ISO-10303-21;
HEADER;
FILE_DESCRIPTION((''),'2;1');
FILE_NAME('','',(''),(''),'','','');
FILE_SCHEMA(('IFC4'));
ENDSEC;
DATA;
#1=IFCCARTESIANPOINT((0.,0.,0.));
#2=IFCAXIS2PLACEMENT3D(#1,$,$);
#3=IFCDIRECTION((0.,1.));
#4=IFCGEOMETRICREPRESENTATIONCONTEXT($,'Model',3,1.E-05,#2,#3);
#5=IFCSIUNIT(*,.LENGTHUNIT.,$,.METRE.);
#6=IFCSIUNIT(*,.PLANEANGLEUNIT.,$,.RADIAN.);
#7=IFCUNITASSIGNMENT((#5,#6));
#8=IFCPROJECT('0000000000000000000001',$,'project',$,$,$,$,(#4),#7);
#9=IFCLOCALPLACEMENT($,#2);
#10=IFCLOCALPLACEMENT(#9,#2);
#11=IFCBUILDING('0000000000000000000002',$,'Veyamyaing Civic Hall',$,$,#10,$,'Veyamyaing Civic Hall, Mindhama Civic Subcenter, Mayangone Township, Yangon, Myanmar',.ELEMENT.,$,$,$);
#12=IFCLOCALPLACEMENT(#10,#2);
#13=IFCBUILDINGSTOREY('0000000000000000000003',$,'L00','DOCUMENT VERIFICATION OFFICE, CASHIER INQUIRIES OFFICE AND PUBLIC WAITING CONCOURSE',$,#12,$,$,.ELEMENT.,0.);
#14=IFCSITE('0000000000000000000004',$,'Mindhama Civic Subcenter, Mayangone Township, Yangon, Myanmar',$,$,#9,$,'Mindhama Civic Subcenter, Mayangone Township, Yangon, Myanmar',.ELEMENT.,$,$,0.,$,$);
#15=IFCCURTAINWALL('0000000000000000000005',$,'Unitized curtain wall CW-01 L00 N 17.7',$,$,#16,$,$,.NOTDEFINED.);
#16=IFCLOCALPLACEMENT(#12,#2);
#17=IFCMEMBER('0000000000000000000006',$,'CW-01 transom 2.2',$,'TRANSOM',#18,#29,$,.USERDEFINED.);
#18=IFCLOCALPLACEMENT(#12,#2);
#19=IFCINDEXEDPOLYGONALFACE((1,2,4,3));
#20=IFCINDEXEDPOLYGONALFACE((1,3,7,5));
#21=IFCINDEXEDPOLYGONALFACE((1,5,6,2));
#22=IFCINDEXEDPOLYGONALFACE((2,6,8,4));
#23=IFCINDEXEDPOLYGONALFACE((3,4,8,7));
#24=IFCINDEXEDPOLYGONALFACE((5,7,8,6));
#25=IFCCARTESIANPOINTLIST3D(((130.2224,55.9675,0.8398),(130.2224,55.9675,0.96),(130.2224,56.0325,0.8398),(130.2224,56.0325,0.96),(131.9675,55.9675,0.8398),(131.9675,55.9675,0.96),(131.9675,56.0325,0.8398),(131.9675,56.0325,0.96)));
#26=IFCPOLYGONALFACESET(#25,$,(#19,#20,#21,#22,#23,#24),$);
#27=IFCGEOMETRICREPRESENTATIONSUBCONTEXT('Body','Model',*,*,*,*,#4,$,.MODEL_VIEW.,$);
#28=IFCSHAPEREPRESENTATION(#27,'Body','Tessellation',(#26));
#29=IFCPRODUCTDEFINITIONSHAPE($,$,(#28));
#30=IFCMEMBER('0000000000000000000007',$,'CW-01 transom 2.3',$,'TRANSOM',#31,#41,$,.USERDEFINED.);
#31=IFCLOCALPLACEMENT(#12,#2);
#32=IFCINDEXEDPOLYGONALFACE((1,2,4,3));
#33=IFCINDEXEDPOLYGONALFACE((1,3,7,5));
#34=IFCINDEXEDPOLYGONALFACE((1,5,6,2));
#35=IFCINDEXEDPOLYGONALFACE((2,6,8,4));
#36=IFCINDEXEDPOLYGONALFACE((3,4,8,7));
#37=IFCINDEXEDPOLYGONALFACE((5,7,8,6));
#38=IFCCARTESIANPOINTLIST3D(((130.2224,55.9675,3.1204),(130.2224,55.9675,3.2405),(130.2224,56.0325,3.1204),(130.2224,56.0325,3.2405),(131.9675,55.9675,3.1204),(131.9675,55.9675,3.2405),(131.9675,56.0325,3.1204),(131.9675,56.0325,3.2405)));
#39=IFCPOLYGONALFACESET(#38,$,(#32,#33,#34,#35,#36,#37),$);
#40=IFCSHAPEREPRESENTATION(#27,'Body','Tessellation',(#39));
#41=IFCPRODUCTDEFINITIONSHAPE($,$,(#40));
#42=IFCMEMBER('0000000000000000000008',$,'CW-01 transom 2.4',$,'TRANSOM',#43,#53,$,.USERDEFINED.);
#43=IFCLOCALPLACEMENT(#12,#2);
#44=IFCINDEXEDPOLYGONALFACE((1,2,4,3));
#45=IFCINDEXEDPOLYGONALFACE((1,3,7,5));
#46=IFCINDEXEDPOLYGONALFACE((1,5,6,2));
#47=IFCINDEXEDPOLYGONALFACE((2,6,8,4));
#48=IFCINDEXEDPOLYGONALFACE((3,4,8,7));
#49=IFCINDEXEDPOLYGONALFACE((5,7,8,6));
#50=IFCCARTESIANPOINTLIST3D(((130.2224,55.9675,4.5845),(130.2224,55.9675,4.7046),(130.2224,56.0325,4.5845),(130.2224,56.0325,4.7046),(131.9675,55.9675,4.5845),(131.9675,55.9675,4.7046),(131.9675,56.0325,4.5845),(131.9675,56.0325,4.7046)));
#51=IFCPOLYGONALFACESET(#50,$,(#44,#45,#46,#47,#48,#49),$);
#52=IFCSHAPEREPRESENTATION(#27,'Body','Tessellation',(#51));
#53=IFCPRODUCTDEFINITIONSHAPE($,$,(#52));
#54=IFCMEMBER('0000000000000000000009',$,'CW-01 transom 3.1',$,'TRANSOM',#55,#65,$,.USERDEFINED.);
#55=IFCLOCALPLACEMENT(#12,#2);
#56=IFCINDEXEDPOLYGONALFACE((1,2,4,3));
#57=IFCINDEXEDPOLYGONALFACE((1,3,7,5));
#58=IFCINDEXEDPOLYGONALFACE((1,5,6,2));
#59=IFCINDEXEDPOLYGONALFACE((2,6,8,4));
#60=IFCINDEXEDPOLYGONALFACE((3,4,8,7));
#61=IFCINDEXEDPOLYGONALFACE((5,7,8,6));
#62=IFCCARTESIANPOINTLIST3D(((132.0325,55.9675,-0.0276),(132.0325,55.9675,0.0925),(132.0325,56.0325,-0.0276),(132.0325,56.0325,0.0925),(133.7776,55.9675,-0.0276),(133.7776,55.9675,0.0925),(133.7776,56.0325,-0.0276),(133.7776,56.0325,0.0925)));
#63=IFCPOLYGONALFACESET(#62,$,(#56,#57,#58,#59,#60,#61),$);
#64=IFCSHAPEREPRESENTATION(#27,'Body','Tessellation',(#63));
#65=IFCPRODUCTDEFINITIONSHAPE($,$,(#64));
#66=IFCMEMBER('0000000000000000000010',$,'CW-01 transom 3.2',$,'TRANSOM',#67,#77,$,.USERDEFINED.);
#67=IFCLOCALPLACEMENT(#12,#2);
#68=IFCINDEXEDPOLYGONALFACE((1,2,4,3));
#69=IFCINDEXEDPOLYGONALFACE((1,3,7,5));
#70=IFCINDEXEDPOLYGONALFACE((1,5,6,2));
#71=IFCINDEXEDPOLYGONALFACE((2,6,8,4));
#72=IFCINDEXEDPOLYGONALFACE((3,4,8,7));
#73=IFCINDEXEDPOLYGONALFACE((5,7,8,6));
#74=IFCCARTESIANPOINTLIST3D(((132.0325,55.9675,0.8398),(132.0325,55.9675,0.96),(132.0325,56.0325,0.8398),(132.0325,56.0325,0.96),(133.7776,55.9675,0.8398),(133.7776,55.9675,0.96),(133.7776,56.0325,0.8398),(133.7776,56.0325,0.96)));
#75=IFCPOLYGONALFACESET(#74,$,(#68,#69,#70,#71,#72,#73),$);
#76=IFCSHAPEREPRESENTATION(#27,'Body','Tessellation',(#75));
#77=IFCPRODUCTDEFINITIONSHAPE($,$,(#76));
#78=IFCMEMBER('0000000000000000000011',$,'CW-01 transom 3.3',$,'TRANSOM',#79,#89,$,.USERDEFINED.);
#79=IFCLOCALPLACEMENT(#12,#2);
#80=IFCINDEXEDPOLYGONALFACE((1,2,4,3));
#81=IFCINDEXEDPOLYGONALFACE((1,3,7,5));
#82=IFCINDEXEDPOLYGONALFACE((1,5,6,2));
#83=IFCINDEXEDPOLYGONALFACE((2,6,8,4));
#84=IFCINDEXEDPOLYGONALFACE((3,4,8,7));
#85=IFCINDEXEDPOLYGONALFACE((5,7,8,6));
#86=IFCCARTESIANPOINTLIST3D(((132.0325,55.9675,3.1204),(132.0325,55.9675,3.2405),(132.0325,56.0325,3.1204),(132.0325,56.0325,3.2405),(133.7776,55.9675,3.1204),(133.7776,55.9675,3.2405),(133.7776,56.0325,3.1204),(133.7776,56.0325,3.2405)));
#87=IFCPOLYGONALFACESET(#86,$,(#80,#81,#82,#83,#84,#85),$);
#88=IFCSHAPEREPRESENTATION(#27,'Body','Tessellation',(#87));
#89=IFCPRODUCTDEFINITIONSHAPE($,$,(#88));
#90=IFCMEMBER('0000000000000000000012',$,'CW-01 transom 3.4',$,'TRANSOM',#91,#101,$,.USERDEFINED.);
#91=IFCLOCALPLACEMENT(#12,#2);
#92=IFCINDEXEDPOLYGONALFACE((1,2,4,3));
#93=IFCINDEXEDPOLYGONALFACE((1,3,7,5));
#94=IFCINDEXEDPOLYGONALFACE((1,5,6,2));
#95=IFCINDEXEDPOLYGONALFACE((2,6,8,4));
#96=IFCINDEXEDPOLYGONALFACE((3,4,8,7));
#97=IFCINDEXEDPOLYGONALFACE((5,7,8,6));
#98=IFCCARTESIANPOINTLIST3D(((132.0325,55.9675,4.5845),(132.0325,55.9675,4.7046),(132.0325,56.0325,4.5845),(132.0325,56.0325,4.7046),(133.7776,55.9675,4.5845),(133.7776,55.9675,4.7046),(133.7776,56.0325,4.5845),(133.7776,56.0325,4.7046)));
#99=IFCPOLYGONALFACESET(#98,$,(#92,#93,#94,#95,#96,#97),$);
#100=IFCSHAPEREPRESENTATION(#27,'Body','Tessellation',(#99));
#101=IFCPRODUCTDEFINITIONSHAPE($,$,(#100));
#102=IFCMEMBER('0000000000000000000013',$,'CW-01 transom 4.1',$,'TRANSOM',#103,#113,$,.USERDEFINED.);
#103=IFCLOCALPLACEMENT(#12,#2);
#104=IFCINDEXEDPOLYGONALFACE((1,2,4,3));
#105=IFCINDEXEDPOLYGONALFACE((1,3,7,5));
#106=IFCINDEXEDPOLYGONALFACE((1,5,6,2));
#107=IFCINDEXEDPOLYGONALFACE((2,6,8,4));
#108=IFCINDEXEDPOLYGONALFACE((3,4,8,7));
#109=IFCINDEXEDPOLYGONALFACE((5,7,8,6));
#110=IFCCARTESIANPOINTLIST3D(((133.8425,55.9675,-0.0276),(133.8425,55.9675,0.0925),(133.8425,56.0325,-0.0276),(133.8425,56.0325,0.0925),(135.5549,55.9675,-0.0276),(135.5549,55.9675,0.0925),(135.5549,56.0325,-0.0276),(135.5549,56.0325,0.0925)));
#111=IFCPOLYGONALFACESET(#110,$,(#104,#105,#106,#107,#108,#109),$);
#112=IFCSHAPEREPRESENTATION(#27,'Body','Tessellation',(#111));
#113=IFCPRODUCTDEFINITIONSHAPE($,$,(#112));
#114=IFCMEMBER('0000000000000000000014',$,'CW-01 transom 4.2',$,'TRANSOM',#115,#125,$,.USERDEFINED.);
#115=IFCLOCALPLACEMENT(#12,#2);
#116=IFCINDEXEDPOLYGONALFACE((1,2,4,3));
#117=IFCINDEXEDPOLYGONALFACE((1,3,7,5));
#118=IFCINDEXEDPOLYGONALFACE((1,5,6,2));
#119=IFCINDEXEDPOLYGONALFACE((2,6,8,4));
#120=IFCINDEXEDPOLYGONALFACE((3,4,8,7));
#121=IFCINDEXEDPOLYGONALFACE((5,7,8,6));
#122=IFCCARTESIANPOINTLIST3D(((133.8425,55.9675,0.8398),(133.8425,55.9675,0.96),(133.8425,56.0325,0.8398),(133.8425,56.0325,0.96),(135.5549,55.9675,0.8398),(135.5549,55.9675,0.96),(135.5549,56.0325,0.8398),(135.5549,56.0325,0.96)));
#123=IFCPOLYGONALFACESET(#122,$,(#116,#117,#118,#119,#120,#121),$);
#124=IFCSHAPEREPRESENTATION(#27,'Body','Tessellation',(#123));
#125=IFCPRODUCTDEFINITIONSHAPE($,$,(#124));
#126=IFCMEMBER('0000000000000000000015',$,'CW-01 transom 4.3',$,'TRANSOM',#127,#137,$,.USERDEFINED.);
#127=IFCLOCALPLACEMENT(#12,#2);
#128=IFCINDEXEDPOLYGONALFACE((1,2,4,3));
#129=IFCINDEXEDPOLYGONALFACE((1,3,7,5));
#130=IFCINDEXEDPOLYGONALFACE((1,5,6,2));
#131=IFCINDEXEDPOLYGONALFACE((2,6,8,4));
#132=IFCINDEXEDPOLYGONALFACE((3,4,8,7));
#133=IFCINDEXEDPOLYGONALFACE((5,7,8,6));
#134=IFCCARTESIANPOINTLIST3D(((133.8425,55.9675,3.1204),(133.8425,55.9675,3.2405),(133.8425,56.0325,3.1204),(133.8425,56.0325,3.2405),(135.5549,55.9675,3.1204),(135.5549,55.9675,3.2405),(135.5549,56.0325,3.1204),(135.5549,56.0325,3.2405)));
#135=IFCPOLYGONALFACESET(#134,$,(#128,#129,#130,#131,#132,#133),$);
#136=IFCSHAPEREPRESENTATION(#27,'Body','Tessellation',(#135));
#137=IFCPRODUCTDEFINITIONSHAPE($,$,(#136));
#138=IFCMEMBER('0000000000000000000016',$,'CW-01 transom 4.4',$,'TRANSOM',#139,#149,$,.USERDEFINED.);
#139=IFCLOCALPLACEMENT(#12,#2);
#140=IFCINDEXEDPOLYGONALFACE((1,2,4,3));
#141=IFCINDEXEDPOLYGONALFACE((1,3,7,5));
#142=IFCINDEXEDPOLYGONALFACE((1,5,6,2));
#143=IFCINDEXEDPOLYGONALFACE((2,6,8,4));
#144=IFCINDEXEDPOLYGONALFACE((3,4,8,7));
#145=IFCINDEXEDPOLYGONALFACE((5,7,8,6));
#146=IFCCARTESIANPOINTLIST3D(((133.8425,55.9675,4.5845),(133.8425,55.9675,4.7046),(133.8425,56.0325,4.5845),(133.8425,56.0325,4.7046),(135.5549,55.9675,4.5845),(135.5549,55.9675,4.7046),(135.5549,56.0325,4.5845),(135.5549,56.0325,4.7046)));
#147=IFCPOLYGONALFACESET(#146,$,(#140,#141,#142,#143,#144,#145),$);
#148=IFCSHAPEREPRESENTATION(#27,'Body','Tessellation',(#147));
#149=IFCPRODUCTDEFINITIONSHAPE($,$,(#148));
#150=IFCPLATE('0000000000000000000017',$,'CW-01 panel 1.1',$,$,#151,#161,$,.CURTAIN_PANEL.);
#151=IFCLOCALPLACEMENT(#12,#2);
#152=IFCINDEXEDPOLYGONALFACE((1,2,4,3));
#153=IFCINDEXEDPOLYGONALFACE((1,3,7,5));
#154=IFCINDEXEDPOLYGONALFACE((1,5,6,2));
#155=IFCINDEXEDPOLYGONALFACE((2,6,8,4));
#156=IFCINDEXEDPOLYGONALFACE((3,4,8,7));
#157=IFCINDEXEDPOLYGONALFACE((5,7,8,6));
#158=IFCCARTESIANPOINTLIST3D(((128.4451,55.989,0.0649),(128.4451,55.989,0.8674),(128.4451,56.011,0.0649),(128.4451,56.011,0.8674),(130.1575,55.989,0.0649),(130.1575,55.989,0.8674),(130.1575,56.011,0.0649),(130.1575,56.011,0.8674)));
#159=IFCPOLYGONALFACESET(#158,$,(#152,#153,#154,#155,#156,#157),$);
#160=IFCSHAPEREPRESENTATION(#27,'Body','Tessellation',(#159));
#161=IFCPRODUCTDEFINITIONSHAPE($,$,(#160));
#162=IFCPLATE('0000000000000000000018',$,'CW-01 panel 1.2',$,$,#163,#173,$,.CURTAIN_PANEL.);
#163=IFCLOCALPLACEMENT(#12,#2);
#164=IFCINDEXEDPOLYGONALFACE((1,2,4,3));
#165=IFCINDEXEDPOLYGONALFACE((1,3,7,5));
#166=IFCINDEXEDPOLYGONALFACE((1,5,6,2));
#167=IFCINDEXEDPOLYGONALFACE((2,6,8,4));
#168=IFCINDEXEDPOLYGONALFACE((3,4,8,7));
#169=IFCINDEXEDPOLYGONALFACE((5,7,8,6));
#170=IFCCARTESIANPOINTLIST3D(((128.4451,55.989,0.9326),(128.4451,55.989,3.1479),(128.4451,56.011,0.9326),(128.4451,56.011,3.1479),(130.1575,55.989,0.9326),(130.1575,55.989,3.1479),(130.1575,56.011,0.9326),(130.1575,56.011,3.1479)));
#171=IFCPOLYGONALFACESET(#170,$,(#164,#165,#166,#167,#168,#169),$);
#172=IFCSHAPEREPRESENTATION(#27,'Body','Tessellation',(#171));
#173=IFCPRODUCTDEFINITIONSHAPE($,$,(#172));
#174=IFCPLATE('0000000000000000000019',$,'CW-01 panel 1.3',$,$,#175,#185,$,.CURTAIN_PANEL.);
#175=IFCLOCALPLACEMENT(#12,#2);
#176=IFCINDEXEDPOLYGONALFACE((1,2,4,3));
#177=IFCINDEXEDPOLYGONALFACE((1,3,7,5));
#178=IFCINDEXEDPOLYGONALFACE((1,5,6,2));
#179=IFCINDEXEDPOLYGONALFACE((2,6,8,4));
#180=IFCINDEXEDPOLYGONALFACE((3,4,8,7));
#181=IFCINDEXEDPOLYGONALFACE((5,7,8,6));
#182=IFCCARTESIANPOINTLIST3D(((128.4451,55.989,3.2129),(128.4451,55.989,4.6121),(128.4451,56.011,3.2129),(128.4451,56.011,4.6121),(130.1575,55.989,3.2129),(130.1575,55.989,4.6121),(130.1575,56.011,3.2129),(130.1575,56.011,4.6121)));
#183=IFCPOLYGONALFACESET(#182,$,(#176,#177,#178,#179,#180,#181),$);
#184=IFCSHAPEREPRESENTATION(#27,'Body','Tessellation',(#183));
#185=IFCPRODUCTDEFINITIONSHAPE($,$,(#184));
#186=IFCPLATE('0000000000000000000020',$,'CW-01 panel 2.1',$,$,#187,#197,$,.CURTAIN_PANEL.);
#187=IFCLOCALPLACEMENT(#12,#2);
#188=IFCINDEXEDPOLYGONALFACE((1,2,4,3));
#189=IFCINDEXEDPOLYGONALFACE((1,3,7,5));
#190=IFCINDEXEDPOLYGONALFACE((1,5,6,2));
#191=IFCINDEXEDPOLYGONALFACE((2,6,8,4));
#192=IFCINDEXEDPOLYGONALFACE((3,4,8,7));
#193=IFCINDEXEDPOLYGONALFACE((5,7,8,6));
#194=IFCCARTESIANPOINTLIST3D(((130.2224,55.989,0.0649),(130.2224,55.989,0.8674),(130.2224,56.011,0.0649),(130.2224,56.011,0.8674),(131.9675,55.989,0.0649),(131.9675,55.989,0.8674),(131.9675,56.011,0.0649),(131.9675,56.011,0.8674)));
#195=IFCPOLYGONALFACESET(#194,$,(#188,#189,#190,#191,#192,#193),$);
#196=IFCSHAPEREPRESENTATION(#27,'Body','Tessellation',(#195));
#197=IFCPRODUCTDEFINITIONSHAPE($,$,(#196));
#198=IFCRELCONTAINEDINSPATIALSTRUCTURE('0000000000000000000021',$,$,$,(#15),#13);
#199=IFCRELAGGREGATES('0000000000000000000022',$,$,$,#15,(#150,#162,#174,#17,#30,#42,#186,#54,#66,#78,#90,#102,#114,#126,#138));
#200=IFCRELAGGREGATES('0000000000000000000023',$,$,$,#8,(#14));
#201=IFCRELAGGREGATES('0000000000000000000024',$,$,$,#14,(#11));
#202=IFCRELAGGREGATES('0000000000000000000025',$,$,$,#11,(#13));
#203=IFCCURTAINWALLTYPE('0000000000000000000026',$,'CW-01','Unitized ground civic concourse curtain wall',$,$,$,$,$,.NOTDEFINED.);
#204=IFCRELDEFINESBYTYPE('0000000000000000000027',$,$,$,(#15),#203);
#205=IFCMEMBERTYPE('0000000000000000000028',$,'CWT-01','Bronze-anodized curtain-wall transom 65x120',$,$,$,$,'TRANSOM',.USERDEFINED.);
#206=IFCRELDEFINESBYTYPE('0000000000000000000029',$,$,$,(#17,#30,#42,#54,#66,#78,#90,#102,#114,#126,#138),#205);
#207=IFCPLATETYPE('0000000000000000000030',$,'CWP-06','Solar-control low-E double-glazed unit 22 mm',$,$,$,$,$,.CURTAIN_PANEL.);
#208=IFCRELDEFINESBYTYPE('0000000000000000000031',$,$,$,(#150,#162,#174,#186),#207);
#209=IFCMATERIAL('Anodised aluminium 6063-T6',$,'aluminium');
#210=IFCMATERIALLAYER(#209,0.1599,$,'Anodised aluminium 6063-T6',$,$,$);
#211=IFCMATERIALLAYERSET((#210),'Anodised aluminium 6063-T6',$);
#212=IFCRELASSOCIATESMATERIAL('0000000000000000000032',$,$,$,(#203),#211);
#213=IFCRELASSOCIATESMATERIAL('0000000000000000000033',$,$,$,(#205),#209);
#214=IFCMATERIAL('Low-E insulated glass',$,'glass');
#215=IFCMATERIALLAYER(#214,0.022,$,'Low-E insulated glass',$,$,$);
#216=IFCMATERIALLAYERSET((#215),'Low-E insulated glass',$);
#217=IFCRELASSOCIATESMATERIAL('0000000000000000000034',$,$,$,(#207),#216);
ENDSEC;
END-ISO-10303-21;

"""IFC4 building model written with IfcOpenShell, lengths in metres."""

from ifc_helpers import new_model, si_unit, direction, frame, origin, origin_2d, place, context, subcontext, project, spatial, rectangle, extrude, material, layer, layer_set, material_profile, profile_set, type_object, element, aggregate, save


model = new_model("IFC4")

# Units and contexts
model_context = context("Model", 3, precision=1e-05, world=origin(), true_north=direction((0.0, 1.0)))
body_context = subcontext(model_context, "Body", "Model", "MODEL_VIEW")
ifc_project = project(units=[si_unit("LENGTHUNIT", "METRE"), si_unit("PLANEANGLEUNIT", "RADIAN")], contexts=[model_context])

# Site, building, storey
site_placement = place(None, origin())
site = spatial("IfcSite", under=ifc_project, at=site_placement, Name="Mindhama Civic Subcenter, Mayangone Township, Yangon, Myanmar", LongName="Mindhama Civic Subcenter, Mayangone Township, Yangon, Myanmar", CompositionType="ELEMENT", RefElevation=0.0)
building_placement = place(site_placement, origin())
building = spatial("IfcBuilding", under=site, at=building_placement, Name="Veyamyaing Civic Hall", LongName="Veyamyaing Civic Hall, Mindhama Civic Subcenter, Mayangone Township, Yangon, Myanmar", CompositionType="ELEMENT")
storey_placement = place(building_placement, origin())
storey = spatial("IfcBuildingStorey", under=building, at=storey_placement, Name="L00", Description="DOCUMENT VERIFICATION OFFICE, CASHIER INQUIRIES OFFICE AND PUBLIC WAITING CONCOURSE", CompositionType="ELEMENT", Elevation=0.0)

# Curtain wall, members, plates
ifc_material_1 = material(Name="Anodised aluminium 6063-T6", Category="aluminium")
ifc_layer_1 = layer(ifc_material_1, 0.1599, Name="Anodised aluminium 6063-T6")
ifc_layer_set_1 = layer_set([ifc_layer_1], Name="Anodised aluminium 6063-T6")
curtain_wall_type = type_object("IfcCurtainWallType", Name="CW-01", Description="Unitized ground civic concourse curtain wall", PredefinedType="NOTDEFINED", material=ifc_layer_set_1)
curtain_wall_placement = place(storey_placement, origin())
curtain_wall = element("IfcCurtainWall", 1, at=curtain_wall_placement, inside=storey, type_object=curtain_wall_type, Name="Unitized curtain wall CW-01 L00 N 17.7", PredefinedType="NOTDEFINED")
ifc_material_profile_1 = material_profile(ifc_material_1, rectangle(XDim=0.0649, YDim=0.1201, at=origin_2d()), Name="ALU-TRN-65X120")
ifc_profile_set_1 = profile_set([ifc_material_profile_1], Name="Anodised aluminium 6063-T6")
member_type_1 = type_object("IfcMemberType", Name="CWT-01", Description="Bronze-anodized curtain-wall transom 65x120", ElementType="TRANSOM", PredefinedType="USERDEFINED", material=ifc_profile_set_1)
member_1_placement = place(storey_placement, frame((130.2224, 56.0, 0.8999), z_axis=(1.0, 0.0, 0.0), x_axis=(0.0, 1.0, 0.0)))
member_1 = element("IfcMember", 2, at=member_1_placement, type_object=member_type_1, Name="CW-01 transom 2.2", ObjectType="TRANSOM", PredefinedType="USERDEFINED", context=body_context, shape_type="SweptSolid", body=[
    extrude(rectangle(XDim=0.0649, YDim=0.1201, at=origin_2d()), origin(), (0.0, 0.0, 1.0), 1.7451),
])
member_2_placement = place(storey_placement, frame((130.2224, 56.0, 3.1804), z_axis=(1.0, 0.0, 0.0), x_axis=(0.0, 1.0, 0.0)))
member_2 = element("IfcMember", 3, at=member_2_placement, type_object=member_type_1, Name="CW-01 transom 2.3", ObjectType="TRANSOM", PredefinedType="USERDEFINED", context=body_context, shape_type="SweptSolid", body=[
    extrude(rectangle(XDim=0.0649, YDim=0.1201, at=origin_2d()), origin(), (0.0, 0.0, 1.0), 1.7451),
])
member_3_placement = place(storey_placement, frame((130.2224, 56.0, 4.6445), z_axis=(1.0, 0.0, 0.0), x_axis=(0.0, 1.0, 0.0)))
member_3 = element("IfcMember", 4, at=member_3_placement, type_object=member_type_1, Name="CW-01 transom 2.4", ObjectType="TRANSOM", PredefinedType="USERDEFINED", context=body_context, shape_type="SweptSolid", body=[
    extrude(rectangle(XDim=0.0649, YDim=0.1201, at=origin_2d()), origin(), (0.0, 0.0, 1.0), 1.7451),
])
member_4_placement = place(storey_placement, frame((132.0325, 56.0, 0.0325), z_axis=(1.0, 0.0, 0.0), x_axis=(0.0, 1.0, 0.0)))
member_4 = element("IfcMember", 5, at=member_4_placement, type_object=member_type_1, Name="CW-01 transom 3.1", ObjectType="TRANSOM", PredefinedType="USERDEFINED", context=body_context, shape_type="SweptSolid", body=[
    extrude(rectangle(XDim=0.0649, YDim=0.1201, at=origin_2d()), origin(), (0.0, 0.0, 1.0), 1.7451),
])
member_5_placement = place(storey_placement, frame((132.0325, 56.0, 0.8999), z_axis=(1.0, 0.0, 0.0), x_axis=(0.0, 1.0, 0.0)))
member_5 = element("IfcMember", 6, at=member_5_placement, type_object=member_type_1, Name="CW-01 transom 3.2", ObjectType="TRANSOM", PredefinedType="USERDEFINED", context=body_context, shape_type="SweptSolid", body=[
    extrude(rectangle(XDim=0.0649, YDim=0.1201, at=origin_2d()), origin(), (0.0, 0.0, 1.0), 1.7451),
])
member_6_placement = place(storey_placement, frame((132.0325, 56.0, 3.1804), z_axis=(1.0, 0.0, 0.0), x_axis=(0.0, 1.0, 0.0)))
member_6 = element("IfcMember", 7, at=member_6_placement, type_object=member_type_1, Name="CW-01 transom 3.3", ObjectType="TRANSOM", PredefinedType="USERDEFINED", context=body_context, shape_type="SweptSolid", body=[
    extrude(rectangle(XDim=0.0649, YDim=0.1201, at=origin_2d()), origin(), (0.0, 0.0, 1.0), 1.7451),
])
member_7_placement = place(storey_placement, frame((132.0325, 56.0, 4.6445), z_axis=(1.0, 0.0, 0.0), x_axis=(0.0, 1.0, 0.0)))
member_7 = element("IfcMember", 8, at=member_7_placement, type_object=member_type_1, Name="CW-01 transom 3.4", ObjectType="TRANSOM", PredefinedType="USERDEFINED", context=body_context, shape_type="SweptSolid", body=[
    extrude(rectangle(XDim=0.0649, YDim=0.1201, at=origin_2d()), origin(), (0.0, 0.0, 1.0), 1.7451),
])
member_8_placement = place(storey_placement, frame((133.8425, 56.0, 0.0325), z_axis=(1.0, 0.0, 0.0), x_axis=(0.0, 1.0, 0.0)))
member_8 = element("IfcMember", 9, at=member_8_placement, type_object=member_type_1, Name="CW-01 transom 4.1", ObjectType="TRANSOM", PredefinedType="USERDEFINED", context=body_context, shape_type="SweptSolid", body=[
    extrude(rectangle(XDim=0.0649, YDim=0.1201, at=origin_2d()), origin(), (0.0, 0.0, 1.0), 1.7124),
])
member_9_placement = place(storey_placement, frame((133.8425, 56.0, 0.8999), z_axis=(1.0, 0.0, 0.0), x_axis=(0.0, 1.0, 0.0)))
member_9 = element("IfcMember", 10, at=member_9_placement, type_object=member_type_1, Name="CW-01 transom 4.2", ObjectType="TRANSOM", PredefinedType="USERDEFINED", context=body_context, shape_type="SweptSolid", body=[
    extrude(rectangle(XDim=0.0649, YDim=0.1201, at=origin_2d()), origin(), (0.0, 0.0, 1.0), 1.7124),
])
member_10_placement = place(storey_placement, frame((133.8425, 56.0, 3.1804), z_axis=(1.0, 0.0, 0.0), x_axis=(0.0, 1.0, 0.0)))
member_10 = element("IfcMember", 11, at=member_10_placement, type_object=member_type_1, Name="CW-01 transom 4.3", ObjectType="TRANSOM", PredefinedType="USERDEFINED", context=body_context, shape_type="SweptSolid", body=[
    extrude(rectangle(XDim=0.0649, YDim=0.1201, at=origin_2d()), origin(), (0.0, 0.0, 1.0), 1.7124),
])
member_11_placement = place(storey_placement, frame((133.8425, 56.0, 4.6445), z_axis=(1.0, 0.0, 0.0), x_axis=(0.0, 1.0, 0.0)))
member_11 = element("IfcMember", 12, at=member_11_placement, type_object=member_type_1, Name="CW-01 transom 4.4", ObjectType="TRANSOM", PredefinedType="USERDEFINED", context=body_context, shape_type="SweptSolid", body=[
    extrude(rectangle(XDim=0.0649, YDim=0.1201, at=origin_2d()), origin(), (0.0, 0.0, 1.0), 1.7124),
])
ifc_material_2 = material(Name="Low-E insulated glass", Category="glass")
ifc_layer_2 = layer(ifc_material_2, 0.022, Name="Low-E insulated glass")
ifc_layer_set_2 = layer_set([ifc_layer_2], Name="Low-E insulated glass")
plate_type = type_object("IfcPlateType", Name="CWP-06", Description="Solar-control low-E double-glazed unit 22 mm", PredefinedType="CURTAIN_PANEL", material=ifc_layer_set_2)
plate_1_placement = place(storey_placement, frame((129.3013, 56.0, 0.0649), z_axis=(0.0, 0.0, 1.0), x_axis=(1.0, 0.0, 0.0)))
plate_1 = element("IfcPlate", 13, at=plate_1_placement, type_object=plate_type, Name="CW-01 panel 1.1", PredefinedType="CURTAIN_PANEL", context=body_context, shape_type="SweptSolid", body=[
    extrude(rectangle(XDim=1.7124, YDim=0.022, at=origin_2d()), origin(), (0.0, 0.0, 1.0), 0.8025),
])
plate_2_placement = place(storey_placement, frame((129.3013, 56.0, 0.9326), z_axis=(0.0, 0.0, 1.0), x_axis=(1.0, 0.0, 0.0)))
plate_2 = element("IfcPlate", 14, at=plate_2_placement, type_object=plate_type, Name="CW-01 panel 1.2", PredefinedType="CURTAIN_PANEL", context=body_context, shape_type="SweptSolid", body=[
    extrude(rectangle(XDim=1.7124, YDim=0.022, at=origin_2d()), origin(), (0.0, 0.0, 1.0), 2.2153),
])
plate_3_placement = place(storey_placement, frame((129.3013, 56.0, 3.2129), z_axis=(0.0, 0.0, 1.0), x_axis=(1.0, 0.0, 0.0)))
plate_3 = element("IfcPlate", 15, at=plate_3_placement, type_object=plate_type, Name="CW-01 panel 1.3", PredefinedType="CURTAIN_PANEL", context=body_context, shape_type="SweptSolid", body=[
    extrude(rectangle(XDim=1.7124, YDim=0.022, at=origin_2d()), origin(), (0.0, 0.0, 1.0), 1.3992),
])
plate_4_placement = place(storey_placement, frame((131.095, 56.0, 0.0649), z_axis=(0.0, 0.0, 1.0), x_axis=(1.0, 0.0, 0.0)))
plate_4 = element("IfcPlate", 16, at=plate_4_placement, type_object=plate_type, Name="CW-01 panel 2.1", PredefinedType="CURTAIN_PANEL", context=body_context, shape_type="SweptSolid", body=[
    extrude(rectangle(XDim=1.7451, YDim=0.022, at=origin_2d()), origin(), (0.0, 0.0, 1.0), 0.8025),
])
aggregate(curtain_wall, [plate_1, plate_2, plate_3, member_1, member_2, member_3, plate_4, member_4, member_5, member_6, member_7, member_8, member_9, member_10, member_11])

save(model, "model.ifc")
